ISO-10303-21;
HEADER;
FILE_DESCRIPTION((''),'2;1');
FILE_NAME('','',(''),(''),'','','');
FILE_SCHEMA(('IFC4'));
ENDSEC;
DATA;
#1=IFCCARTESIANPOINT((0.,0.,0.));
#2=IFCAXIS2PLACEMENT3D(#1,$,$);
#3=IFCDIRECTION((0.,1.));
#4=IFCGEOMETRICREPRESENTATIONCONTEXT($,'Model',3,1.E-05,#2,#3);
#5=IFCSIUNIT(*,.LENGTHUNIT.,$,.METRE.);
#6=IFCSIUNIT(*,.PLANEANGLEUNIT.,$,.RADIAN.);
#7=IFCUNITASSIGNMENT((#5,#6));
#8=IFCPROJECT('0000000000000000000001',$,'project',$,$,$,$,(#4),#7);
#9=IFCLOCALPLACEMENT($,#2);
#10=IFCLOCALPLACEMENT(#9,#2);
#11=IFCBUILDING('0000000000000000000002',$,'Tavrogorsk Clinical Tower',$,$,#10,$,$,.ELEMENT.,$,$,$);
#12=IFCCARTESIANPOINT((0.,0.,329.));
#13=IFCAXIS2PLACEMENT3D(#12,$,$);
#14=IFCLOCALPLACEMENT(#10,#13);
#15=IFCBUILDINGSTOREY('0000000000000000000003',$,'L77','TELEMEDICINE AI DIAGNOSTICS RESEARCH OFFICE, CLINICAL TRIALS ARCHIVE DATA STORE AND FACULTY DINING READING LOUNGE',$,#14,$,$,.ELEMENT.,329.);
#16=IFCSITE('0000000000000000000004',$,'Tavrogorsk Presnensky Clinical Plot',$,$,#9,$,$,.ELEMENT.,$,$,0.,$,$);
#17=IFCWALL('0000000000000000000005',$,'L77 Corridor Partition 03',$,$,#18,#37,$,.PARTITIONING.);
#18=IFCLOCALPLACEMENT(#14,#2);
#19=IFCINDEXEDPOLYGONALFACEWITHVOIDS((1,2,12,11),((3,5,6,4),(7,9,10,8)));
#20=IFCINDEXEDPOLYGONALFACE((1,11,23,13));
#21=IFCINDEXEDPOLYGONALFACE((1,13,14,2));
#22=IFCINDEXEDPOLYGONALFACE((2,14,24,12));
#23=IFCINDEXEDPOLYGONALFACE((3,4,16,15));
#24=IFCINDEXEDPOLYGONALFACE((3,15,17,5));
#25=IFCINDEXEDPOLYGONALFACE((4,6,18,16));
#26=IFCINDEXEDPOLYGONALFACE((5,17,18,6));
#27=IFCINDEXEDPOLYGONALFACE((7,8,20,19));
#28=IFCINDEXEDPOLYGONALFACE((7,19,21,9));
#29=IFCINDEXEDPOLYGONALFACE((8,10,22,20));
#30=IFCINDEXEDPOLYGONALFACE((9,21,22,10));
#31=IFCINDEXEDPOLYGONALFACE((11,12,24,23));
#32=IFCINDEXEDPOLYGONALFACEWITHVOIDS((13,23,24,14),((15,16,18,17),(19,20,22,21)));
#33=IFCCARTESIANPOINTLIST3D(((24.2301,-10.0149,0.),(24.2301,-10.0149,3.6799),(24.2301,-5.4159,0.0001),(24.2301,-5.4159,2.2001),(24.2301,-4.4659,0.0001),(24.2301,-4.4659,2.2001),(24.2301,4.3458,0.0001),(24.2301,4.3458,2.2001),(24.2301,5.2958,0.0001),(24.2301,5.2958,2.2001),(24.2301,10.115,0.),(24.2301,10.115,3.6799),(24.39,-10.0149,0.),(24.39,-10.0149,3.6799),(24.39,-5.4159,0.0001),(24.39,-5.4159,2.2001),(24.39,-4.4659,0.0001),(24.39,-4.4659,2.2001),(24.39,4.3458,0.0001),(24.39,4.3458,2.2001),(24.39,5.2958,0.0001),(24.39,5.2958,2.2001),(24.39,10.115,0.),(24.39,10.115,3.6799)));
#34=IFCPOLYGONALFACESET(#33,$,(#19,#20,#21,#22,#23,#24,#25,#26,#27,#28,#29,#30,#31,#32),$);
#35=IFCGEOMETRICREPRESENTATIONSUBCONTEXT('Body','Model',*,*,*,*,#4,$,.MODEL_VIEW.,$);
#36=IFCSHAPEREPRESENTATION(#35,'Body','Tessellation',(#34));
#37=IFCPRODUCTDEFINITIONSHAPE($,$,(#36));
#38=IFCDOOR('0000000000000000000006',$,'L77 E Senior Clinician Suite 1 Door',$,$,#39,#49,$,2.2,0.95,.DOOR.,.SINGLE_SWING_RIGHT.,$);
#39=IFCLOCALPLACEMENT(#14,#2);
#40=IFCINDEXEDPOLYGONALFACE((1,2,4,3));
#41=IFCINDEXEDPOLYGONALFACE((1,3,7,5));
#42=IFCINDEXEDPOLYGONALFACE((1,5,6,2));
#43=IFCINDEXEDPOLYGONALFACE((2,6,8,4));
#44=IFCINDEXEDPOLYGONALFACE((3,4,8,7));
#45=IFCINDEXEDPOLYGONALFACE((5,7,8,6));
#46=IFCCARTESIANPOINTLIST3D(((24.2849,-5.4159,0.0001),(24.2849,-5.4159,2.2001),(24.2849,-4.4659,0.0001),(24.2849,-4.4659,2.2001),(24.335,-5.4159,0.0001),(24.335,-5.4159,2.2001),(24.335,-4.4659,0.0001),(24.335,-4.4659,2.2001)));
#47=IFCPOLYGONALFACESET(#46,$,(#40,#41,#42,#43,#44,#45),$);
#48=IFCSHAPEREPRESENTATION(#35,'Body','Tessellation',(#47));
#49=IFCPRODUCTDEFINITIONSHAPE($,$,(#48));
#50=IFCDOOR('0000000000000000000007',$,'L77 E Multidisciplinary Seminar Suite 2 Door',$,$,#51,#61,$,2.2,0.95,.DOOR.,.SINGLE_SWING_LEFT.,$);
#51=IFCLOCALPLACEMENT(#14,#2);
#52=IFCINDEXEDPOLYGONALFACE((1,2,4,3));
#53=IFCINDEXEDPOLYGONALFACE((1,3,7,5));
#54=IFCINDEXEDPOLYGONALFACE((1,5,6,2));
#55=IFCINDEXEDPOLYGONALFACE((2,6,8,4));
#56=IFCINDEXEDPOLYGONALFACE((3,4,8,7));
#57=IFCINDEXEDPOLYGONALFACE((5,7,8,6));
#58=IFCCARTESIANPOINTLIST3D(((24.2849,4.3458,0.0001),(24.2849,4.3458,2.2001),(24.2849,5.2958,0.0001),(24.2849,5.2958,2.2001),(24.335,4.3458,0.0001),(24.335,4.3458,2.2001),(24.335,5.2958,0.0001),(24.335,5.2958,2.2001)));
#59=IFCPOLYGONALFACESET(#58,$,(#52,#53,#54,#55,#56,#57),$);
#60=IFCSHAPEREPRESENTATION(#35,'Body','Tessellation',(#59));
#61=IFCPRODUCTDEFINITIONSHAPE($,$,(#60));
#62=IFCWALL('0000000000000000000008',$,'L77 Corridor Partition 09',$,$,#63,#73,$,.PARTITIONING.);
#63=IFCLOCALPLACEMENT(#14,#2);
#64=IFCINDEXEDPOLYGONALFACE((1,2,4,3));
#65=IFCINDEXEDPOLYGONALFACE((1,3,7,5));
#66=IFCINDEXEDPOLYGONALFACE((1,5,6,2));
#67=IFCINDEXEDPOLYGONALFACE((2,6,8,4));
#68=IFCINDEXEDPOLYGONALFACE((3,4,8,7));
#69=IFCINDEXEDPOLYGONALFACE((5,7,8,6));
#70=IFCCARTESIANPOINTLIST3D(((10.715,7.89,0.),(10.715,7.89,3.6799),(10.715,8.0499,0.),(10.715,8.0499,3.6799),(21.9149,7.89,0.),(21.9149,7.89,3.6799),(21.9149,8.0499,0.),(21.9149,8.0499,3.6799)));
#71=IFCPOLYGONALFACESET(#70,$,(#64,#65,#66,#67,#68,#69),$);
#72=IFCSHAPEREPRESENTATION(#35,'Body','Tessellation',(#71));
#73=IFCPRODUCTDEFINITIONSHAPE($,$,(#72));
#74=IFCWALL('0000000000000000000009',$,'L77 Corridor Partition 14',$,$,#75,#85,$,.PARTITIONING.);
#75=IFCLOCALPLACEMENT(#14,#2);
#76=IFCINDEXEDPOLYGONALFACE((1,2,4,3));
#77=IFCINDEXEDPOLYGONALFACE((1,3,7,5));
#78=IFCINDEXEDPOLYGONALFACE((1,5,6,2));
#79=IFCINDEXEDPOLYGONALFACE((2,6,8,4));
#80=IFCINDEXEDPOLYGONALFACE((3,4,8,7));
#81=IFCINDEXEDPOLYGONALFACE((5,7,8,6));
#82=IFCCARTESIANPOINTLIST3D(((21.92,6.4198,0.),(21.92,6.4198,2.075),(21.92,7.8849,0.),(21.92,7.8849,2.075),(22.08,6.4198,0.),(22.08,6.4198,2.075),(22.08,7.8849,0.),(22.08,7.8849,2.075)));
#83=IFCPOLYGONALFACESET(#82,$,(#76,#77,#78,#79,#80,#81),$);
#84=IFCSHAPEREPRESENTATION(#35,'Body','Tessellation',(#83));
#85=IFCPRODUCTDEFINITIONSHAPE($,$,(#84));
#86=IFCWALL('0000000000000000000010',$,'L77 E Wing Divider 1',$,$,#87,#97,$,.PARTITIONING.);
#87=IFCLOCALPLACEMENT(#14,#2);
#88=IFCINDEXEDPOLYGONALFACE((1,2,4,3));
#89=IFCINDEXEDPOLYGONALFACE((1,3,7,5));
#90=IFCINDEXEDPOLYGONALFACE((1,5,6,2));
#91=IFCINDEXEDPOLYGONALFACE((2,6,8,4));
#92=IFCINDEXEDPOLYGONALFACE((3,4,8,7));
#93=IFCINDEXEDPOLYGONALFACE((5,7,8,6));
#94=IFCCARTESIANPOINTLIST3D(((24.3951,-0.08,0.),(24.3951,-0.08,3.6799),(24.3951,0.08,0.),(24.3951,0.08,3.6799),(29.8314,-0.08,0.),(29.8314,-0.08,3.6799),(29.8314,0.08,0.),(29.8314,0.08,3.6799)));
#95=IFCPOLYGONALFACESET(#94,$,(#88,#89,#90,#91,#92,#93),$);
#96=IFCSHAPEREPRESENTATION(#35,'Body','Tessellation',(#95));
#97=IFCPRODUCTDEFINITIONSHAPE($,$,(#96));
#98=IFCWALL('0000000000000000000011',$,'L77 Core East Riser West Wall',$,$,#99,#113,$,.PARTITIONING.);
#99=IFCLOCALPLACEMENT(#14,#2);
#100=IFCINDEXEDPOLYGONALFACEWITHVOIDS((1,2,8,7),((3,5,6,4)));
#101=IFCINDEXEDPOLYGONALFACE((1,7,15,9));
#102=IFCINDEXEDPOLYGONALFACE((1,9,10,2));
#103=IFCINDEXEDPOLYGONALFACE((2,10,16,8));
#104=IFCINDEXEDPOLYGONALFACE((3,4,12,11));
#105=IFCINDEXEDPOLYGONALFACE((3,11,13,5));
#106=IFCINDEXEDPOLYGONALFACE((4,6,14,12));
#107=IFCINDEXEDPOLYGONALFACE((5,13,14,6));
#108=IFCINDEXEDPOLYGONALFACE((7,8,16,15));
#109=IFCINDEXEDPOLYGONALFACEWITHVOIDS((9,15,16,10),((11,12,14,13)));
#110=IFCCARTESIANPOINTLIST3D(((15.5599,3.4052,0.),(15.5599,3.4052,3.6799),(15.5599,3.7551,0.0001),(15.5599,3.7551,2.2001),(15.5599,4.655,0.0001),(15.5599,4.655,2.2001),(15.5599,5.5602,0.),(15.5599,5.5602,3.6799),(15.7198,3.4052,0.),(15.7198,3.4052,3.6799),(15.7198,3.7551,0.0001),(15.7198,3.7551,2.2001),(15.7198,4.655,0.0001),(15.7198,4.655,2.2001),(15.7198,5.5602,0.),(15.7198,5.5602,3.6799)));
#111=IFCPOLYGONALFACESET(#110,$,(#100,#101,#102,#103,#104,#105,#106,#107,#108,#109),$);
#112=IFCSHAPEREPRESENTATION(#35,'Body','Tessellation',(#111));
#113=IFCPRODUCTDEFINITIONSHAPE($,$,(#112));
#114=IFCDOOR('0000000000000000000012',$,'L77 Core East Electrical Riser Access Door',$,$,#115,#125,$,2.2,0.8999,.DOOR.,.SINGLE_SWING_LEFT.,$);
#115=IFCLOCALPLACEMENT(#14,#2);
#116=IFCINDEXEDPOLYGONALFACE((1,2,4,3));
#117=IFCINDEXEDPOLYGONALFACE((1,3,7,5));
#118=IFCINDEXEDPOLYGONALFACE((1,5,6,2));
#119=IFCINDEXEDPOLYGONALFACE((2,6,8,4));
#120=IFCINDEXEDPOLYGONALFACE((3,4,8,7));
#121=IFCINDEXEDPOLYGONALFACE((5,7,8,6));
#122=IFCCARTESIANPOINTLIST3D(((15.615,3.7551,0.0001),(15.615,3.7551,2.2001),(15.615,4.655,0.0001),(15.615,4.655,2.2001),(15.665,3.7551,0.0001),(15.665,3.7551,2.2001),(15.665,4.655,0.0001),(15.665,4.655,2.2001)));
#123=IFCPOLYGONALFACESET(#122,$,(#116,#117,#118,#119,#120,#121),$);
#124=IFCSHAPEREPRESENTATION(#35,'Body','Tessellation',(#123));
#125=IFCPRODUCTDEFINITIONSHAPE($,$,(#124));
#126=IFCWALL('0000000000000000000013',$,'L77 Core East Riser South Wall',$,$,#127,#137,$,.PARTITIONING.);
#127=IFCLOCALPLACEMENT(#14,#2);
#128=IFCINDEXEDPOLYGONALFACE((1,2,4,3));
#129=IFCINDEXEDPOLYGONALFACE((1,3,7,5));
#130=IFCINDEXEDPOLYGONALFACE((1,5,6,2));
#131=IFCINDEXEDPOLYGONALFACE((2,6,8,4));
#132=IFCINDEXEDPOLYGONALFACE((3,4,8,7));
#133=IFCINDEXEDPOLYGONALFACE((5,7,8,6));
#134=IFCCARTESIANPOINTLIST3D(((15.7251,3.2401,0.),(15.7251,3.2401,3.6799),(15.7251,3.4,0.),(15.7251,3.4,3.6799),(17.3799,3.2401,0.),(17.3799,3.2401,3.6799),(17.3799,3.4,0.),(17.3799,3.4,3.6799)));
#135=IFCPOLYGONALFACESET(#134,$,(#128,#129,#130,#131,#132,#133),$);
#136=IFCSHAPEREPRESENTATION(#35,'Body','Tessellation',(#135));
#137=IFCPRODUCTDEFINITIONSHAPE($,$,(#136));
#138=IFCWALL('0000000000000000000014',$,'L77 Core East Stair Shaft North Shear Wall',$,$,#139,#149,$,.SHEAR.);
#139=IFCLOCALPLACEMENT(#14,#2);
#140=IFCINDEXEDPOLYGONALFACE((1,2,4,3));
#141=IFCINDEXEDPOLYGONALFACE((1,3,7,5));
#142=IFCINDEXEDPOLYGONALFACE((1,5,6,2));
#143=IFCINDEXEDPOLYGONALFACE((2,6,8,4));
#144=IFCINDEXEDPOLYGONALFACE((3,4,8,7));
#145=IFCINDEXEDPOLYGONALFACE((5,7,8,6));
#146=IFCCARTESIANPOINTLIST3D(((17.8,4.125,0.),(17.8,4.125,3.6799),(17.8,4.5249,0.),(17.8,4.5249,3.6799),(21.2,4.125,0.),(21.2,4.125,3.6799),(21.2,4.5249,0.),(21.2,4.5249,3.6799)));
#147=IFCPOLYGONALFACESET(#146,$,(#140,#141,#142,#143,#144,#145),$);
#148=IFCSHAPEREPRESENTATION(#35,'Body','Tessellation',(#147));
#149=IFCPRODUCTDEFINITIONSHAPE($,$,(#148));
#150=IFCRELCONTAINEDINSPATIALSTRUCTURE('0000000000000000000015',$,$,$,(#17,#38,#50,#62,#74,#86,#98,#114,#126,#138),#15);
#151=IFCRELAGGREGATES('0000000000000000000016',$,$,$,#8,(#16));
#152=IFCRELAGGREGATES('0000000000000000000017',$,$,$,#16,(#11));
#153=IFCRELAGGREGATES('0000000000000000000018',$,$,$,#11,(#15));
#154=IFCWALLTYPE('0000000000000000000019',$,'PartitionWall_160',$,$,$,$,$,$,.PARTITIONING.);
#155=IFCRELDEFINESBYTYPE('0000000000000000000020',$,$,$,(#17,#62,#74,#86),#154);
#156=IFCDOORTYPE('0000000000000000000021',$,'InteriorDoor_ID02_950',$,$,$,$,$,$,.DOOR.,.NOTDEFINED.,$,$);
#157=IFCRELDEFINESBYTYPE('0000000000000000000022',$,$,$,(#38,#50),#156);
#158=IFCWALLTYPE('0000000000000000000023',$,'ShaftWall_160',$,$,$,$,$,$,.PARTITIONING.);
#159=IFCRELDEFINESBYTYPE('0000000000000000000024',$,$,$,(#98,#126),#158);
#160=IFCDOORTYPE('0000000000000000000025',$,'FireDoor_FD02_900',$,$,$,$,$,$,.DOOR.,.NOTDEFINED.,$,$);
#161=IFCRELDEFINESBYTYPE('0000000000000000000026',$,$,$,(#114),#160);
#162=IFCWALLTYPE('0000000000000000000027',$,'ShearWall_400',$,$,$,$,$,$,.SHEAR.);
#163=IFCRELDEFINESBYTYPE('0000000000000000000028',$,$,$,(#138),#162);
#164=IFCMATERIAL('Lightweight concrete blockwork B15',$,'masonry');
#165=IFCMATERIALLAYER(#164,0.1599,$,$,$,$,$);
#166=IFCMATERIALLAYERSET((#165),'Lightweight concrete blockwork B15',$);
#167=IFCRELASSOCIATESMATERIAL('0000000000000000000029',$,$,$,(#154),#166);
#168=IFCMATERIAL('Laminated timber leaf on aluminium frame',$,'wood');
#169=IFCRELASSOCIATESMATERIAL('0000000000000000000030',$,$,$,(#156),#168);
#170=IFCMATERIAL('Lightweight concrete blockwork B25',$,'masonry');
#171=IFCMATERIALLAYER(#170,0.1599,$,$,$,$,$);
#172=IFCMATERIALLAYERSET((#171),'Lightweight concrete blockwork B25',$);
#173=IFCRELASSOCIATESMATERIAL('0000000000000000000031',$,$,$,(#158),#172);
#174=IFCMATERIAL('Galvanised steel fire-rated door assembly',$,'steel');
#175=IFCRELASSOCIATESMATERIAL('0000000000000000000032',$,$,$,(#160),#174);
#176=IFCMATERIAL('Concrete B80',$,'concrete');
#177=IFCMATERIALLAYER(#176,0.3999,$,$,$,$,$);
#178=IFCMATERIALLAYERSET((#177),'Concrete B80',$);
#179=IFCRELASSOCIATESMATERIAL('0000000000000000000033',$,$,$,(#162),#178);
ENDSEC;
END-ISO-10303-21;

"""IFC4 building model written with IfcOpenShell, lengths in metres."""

from ifc_helpers import new_model, si_unit, direction, frame, frame_2d, origin, place, context, subcontext, project, spatial, rectangle, extrude, material, layer, layer_set, type_object, element, fill, save


model = new_model("IFC4")

# Units and contexts
model_context = context("Model", 3, precision=1e-05, world=origin(), true_north=direction((0.0, 1.0)))
body_context = subcontext(model_context, "Body", "Model", "MODEL_VIEW")
ifc_project = project(units=[si_unit("LENGTHUNIT", "METRE"), si_unit("PLANEANGLEUNIT", "RADIAN")], contexts=[model_context])

# Site, building, storey
site_placement = place(None, origin())
site = spatial("IfcSite", under=ifc_project, at=site_placement, Name="Tavrogorsk Presnensky Clinical Plot", CompositionType="ELEMENT", RefElevation=0.0)
building_placement = place(site_placement, origin())
building = spatial("IfcBuilding", under=site, at=building_placement, Name="Tavrogorsk Clinical Tower", CompositionType="ELEMENT")
storey_placement = place(building_placement, frame((0.0, 0.0, 329.0)))
storey = spatial("IfcBuildingStorey", under=building, at=storey_placement, Name="L77", Description="TELEMEDICINE AI DIAGNOSTICS RESEARCH OFFICE, CLINICAL TRIALS ARCHIVE DATA STORE AND FACULTY DINING READING LOUNGE", CompositionType="ELEMENT", Elevation=329.0)

# Wall, openings, doors
ifc_material_1 = material(Name="Lightweight concrete blockwork B15", Category="masonry")
ifc_layer_1 = layer(ifc_material_1, 0.1599)
ifc_layer_set_1 = layer_set([ifc_layer_1], Name="Lightweight concrete blockwork B15")
wall_type_1 = type_object("IfcWallType", Name="PartitionWall_160", PredefinedType="PARTITIONING", material=ifc_layer_set_1)
wall_1_placement = place(storey_placement, frame((24.3101, 10.115, 0.0), z_axis=(0.0, 0.0, 1.0), x_axis=(0.0, -1.0, 0.0)))
wall_1 = element("IfcWall", 1, at=wall_1_placement, inside=storey, type_object=wall_type_1, Name="L77 Corridor Partition 03", PredefinedType="PARTITIONING", context=body_context, shape_type="SweptSolid", body=[
    extrude(rectangle(XDim=20.1299, YDim=0.1599, at=frame_2d((10.0649, 0.0))), origin(), (0.0, 0.0, 1.0), 3.6799),
])
opening_1_placement = place(wall_1_placement, frame((14.5808, 0.0, 0.0)))
opening_1 = element("IfcOpeningElement", 2, at=opening_1_placement, cuts=wall_1, PredefinedType="OPENING", context=body_context, shape_type="SweptSolid", body=[
    extrude(rectangle(XDim=0.95, YDim=2.2, at=frame_2d((0.4751, 1.1001))), frame((0.0, 0.0898, 0.0), z_axis=(0.0, -1.0, 0.0), x_axis=(1.0, 0.0, 0.0)), (0.0, 0.0, 1.0), 0.1799),
])
opening_2_placement = place(wall_1_placement, frame((4.8191, 0.0, 0.0)))
opening_2 = element("IfcOpeningElement", 3, at=opening_2_placement, cuts=wall_1, PredefinedType="OPENING", context=body_context, shape_type="SweptSolid", body=[
    extrude(rectangle(XDim=0.95, YDim=2.2, at=frame_2d((0.4751, 1.1001))), frame((0.0, 0.0898, 0.0), z_axis=(0.0, -1.0, 0.0), x_axis=(1.0, 0.0, 0.0)), (0.0, 0.0, 1.0), 0.1799),
])
ifc_material_2 = material(Name="Laminated timber leaf on aluminium frame", Category="wood")
door_type_1 = type_object("IfcDoorType", Name="InteriorDoor_ID02_950", OperationType="NOTDEFINED", PredefinedType="DOOR", material=ifc_material_2)
door_1_placement = place(opening_1_placement, origin())
door_1 = element("IfcDoor", 4, at=door_1_placement, inside=storey, type_object=door_type_1, Name="L77 E Senior Clinician Suite 1 Door", OperationType="SINGLE_SWING_RIGHT", OverallHeight=2.2, OverallWidth=0.95, PredefinedType="DOOR", context=body_context, shape_type="SweptSolid", body=[
    extrude(rectangle(XDim=0.95, YDim=2.2, at=frame_2d((0.4751, 1.1001))), frame((0.0, 0.0249, 0.0), z_axis=(0.0, -1.0, 0.0), x_axis=(1.0, 0.0, 0.0)), (0.0, 0.0, 1.0), 0.05),
])
fill(opening_1, door_1)
door_2_placement = place(opening_2_placement, origin())
door_2 = element("IfcDoor", 5, at=door_2_placement, inside=storey, type_object=door_type_1, Name="L77 E Multidisciplinary Seminar Suite 2 Door", OperationType="SINGLE_SWING_LEFT", OverallHeight=2.2, OverallWidth=0.95, PredefinedType="DOOR", context=body_context, shape_type="SweptSolid", body=[
    extrude(rectangle(XDim=0.95, YDim=2.2, at=frame_2d((0.4751, 1.1001))), frame((0.0, 0.0249, 0.0), z_axis=(0.0, -1.0, 0.0), x_axis=(1.0, 0.0, 0.0)), (0.0, 0.0, 1.0), 0.05),
])
fill(opening_2, door_2)

# Walls
wall_2_placement = place(storey_placement, frame((21.915, 7.97, 0.0), z_axis=(0.0, 0.0, 1.0), x_axis=(-1.0, 0.0, 0.0)))
element("IfcWall", 6, at=wall_2_placement, inside=storey, type_object=wall_type_1, Name="L77 Corridor Partition 09", PredefinedType="PARTITIONING", context=body_context, shape_type="SweptSolid", body=[
    extrude(rectangle(XDim=11.2, YDim=0.1599, at=frame_2d((5.6001, 0.0))), origin(), (0.0, 0.0, 1.0), 3.6799),
])
wall_3_placement = place(storey_placement, frame((22.0, 6.4199, 0.0), z_axis=(0.0, 0.0, 1.0), x_axis=(0.0, 1.0, 0.0)))
element("IfcWall", 7, at=wall_3_placement, inside=storey, type_object=wall_type_1, Name="L77 Corridor Partition 14", PredefinedType="PARTITIONING", context=body_context, shape_type="SweptSolid", body=[
    extrude(rectangle(XDim=1.4651, YDim=0.1599, at=frame_2d((0.7324, 0.0))), origin(), (0.0, 0.0, 1.0), 2.075),
])
wall_4_placement = place(storey_placement, frame((24.395, 0.0, 0.0), z_axis=(0.0, 0.0, 1.0), x_axis=(1.0, 0.0, 0.0)))
element("IfcWall", 8, at=wall_4_placement, inside=storey, type_object=wall_type_1, Name="L77 E Wing Divider 1", PredefinedType="PARTITIONING", context=body_context, shape_type="SweptSolid", body=[
    extrude(rectangle(XDim=5.4363, YDim=0.1599, at=frame_2d((2.7183, 0.0))), origin(), (0.0, 0.0, 1.0), 3.6799),
])

# Wall, opening, door
ifc_material_3 = material(Name="Lightweight concrete blockwork B25", Category="masonry")
ifc_layer_2 = layer(ifc_material_3, 0.1599)
ifc_layer_set_2 = layer_set([ifc_layer_2], Name="Lightweight concrete blockwork B25")
wall_type_2 = type_object("IfcWallType", Name="ShaftWall_160", PredefinedType="PARTITIONING", material=ifc_layer_set_2)
wall_5_placement = place(storey_placement, frame((15.6399, 3.405, 0.0), z_axis=(0.0, 0.0, 1.0), x_axis=(0.0, 1.0, 0.0)))
wall_5 = element("IfcWall", 9, at=wall_5_placement, inside=storey, type_object=wall_type_2, Name="L77 Core East Riser West Wall", PredefinedType="PARTITIONING", context=body_context, shape_type="SweptSolid", body=[
    extrude(rectangle(XDim=2.155, YDim=0.1599, at=frame_2d((1.0776, 0.0))), origin(), (0.0, 0.0, 1.0), 3.6799),
])
opening_3_placement = place(wall_5_placement, frame((0.3501, 0.0, 0.0)))
opening_3 = element("IfcOpeningElement", 10, at=opening_3_placement, cuts=wall_5, PredefinedType="OPENING", context=body_context, shape_type="SweptSolid", body=[
    extrude(rectangle(XDim=0.8999, YDim=2.2, at=frame_2d((0.45, 1.1001))), frame((0.0, 0.0898, 0.0), z_axis=(0.0, -1.0, 0.0), x_axis=(1.0, 0.0, 0.0)), (0.0, 0.0, 1.0), 0.1799),
])
ifc_material_4 = material(Name="Galvanised steel fire-rated door assembly", Category="steel")
door_type_2 = type_object("IfcDoorType", Name="FireDoor_FD02_900", OperationType="NOTDEFINED", PredefinedType="DOOR", material=ifc_material_4)
door_3_placement = place(opening_3_placement, origin())
door_3 = element("IfcDoor", 11, at=door_3_placement, inside=storey, type_object=door_type_2, Name="L77 Core East Electrical Riser Access Door", OperationType="SINGLE_SWING_LEFT", OverallHeight=2.2, OverallWidth=0.8999, PredefinedType="DOOR", context=body_context, shape_type="SweptSolid", body=[
    extrude(rectangle(XDim=0.8999, YDim=2.2, at=frame_2d((0.45, 1.1001))), frame((0.0, 0.0249, 0.0), z_axis=(0.0, -1.0, 0.0), x_axis=(1.0, 0.0, 0.0)), (0.0, 0.0, 1.0), 0.05),
])
fill(opening_3, door_3)

# Walls
wall_6_placement = place(storey_placement, frame((15.7251, 3.3201, 0.0), z_axis=(0.0, 0.0, 1.0), x_axis=(1.0, 0.0, 0.0)))
element("IfcWall", 12, at=wall_6_placement, inside=storey, type_object=wall_type_2, Name="L77 Core East Riser South Wall", PredefinedType="PARTITIONING", context=body_context, shape_type="SweptSolid", body=[
    extrude(rectangle(XDim=1.6548, YDim=0.1599, at=frame_2d((0.8274, 0.0))), origin(), (0.0, 0.0, 1.0), 3.6799),
])
ifc_material_5 = material(Name="Concrete B80", Category="concrete")
ifc_layer_3 = layer(ifc_material_5, 0.3999)
ifc_layer_set_3 = layer_set([ifc_layer_3], Name="Concrete B80")
wall_type_3 = type_object("IfcWallType", Name="ShearWall_400", PredefinedType="SHEAR", material=ifc_layer_set_3)
wall_7_placement = place(storey_placement, frame((17.8, 4.325, 0.0), z_axis=(0.0, 0.0, 1.0), x_axis=(1.0, 0.0, 0.0)))
element("IfcWall", 13, at=wall_7_placement, inside=storey, type_object=wall_type_3, Name="L77 Core East Stair Shaft North Shear Wall", PredefinedType="SHEAR", context=body_context, shape_type="SweptSolid", body=[
    extrude(rectangle(XDim=3.3999, YDim=0.3999, at=frame_2d((1.7, 0.0))), origin(), (0.0, 0.0, 1.0), 3.6799),
])

save(model, "model.ifc")
